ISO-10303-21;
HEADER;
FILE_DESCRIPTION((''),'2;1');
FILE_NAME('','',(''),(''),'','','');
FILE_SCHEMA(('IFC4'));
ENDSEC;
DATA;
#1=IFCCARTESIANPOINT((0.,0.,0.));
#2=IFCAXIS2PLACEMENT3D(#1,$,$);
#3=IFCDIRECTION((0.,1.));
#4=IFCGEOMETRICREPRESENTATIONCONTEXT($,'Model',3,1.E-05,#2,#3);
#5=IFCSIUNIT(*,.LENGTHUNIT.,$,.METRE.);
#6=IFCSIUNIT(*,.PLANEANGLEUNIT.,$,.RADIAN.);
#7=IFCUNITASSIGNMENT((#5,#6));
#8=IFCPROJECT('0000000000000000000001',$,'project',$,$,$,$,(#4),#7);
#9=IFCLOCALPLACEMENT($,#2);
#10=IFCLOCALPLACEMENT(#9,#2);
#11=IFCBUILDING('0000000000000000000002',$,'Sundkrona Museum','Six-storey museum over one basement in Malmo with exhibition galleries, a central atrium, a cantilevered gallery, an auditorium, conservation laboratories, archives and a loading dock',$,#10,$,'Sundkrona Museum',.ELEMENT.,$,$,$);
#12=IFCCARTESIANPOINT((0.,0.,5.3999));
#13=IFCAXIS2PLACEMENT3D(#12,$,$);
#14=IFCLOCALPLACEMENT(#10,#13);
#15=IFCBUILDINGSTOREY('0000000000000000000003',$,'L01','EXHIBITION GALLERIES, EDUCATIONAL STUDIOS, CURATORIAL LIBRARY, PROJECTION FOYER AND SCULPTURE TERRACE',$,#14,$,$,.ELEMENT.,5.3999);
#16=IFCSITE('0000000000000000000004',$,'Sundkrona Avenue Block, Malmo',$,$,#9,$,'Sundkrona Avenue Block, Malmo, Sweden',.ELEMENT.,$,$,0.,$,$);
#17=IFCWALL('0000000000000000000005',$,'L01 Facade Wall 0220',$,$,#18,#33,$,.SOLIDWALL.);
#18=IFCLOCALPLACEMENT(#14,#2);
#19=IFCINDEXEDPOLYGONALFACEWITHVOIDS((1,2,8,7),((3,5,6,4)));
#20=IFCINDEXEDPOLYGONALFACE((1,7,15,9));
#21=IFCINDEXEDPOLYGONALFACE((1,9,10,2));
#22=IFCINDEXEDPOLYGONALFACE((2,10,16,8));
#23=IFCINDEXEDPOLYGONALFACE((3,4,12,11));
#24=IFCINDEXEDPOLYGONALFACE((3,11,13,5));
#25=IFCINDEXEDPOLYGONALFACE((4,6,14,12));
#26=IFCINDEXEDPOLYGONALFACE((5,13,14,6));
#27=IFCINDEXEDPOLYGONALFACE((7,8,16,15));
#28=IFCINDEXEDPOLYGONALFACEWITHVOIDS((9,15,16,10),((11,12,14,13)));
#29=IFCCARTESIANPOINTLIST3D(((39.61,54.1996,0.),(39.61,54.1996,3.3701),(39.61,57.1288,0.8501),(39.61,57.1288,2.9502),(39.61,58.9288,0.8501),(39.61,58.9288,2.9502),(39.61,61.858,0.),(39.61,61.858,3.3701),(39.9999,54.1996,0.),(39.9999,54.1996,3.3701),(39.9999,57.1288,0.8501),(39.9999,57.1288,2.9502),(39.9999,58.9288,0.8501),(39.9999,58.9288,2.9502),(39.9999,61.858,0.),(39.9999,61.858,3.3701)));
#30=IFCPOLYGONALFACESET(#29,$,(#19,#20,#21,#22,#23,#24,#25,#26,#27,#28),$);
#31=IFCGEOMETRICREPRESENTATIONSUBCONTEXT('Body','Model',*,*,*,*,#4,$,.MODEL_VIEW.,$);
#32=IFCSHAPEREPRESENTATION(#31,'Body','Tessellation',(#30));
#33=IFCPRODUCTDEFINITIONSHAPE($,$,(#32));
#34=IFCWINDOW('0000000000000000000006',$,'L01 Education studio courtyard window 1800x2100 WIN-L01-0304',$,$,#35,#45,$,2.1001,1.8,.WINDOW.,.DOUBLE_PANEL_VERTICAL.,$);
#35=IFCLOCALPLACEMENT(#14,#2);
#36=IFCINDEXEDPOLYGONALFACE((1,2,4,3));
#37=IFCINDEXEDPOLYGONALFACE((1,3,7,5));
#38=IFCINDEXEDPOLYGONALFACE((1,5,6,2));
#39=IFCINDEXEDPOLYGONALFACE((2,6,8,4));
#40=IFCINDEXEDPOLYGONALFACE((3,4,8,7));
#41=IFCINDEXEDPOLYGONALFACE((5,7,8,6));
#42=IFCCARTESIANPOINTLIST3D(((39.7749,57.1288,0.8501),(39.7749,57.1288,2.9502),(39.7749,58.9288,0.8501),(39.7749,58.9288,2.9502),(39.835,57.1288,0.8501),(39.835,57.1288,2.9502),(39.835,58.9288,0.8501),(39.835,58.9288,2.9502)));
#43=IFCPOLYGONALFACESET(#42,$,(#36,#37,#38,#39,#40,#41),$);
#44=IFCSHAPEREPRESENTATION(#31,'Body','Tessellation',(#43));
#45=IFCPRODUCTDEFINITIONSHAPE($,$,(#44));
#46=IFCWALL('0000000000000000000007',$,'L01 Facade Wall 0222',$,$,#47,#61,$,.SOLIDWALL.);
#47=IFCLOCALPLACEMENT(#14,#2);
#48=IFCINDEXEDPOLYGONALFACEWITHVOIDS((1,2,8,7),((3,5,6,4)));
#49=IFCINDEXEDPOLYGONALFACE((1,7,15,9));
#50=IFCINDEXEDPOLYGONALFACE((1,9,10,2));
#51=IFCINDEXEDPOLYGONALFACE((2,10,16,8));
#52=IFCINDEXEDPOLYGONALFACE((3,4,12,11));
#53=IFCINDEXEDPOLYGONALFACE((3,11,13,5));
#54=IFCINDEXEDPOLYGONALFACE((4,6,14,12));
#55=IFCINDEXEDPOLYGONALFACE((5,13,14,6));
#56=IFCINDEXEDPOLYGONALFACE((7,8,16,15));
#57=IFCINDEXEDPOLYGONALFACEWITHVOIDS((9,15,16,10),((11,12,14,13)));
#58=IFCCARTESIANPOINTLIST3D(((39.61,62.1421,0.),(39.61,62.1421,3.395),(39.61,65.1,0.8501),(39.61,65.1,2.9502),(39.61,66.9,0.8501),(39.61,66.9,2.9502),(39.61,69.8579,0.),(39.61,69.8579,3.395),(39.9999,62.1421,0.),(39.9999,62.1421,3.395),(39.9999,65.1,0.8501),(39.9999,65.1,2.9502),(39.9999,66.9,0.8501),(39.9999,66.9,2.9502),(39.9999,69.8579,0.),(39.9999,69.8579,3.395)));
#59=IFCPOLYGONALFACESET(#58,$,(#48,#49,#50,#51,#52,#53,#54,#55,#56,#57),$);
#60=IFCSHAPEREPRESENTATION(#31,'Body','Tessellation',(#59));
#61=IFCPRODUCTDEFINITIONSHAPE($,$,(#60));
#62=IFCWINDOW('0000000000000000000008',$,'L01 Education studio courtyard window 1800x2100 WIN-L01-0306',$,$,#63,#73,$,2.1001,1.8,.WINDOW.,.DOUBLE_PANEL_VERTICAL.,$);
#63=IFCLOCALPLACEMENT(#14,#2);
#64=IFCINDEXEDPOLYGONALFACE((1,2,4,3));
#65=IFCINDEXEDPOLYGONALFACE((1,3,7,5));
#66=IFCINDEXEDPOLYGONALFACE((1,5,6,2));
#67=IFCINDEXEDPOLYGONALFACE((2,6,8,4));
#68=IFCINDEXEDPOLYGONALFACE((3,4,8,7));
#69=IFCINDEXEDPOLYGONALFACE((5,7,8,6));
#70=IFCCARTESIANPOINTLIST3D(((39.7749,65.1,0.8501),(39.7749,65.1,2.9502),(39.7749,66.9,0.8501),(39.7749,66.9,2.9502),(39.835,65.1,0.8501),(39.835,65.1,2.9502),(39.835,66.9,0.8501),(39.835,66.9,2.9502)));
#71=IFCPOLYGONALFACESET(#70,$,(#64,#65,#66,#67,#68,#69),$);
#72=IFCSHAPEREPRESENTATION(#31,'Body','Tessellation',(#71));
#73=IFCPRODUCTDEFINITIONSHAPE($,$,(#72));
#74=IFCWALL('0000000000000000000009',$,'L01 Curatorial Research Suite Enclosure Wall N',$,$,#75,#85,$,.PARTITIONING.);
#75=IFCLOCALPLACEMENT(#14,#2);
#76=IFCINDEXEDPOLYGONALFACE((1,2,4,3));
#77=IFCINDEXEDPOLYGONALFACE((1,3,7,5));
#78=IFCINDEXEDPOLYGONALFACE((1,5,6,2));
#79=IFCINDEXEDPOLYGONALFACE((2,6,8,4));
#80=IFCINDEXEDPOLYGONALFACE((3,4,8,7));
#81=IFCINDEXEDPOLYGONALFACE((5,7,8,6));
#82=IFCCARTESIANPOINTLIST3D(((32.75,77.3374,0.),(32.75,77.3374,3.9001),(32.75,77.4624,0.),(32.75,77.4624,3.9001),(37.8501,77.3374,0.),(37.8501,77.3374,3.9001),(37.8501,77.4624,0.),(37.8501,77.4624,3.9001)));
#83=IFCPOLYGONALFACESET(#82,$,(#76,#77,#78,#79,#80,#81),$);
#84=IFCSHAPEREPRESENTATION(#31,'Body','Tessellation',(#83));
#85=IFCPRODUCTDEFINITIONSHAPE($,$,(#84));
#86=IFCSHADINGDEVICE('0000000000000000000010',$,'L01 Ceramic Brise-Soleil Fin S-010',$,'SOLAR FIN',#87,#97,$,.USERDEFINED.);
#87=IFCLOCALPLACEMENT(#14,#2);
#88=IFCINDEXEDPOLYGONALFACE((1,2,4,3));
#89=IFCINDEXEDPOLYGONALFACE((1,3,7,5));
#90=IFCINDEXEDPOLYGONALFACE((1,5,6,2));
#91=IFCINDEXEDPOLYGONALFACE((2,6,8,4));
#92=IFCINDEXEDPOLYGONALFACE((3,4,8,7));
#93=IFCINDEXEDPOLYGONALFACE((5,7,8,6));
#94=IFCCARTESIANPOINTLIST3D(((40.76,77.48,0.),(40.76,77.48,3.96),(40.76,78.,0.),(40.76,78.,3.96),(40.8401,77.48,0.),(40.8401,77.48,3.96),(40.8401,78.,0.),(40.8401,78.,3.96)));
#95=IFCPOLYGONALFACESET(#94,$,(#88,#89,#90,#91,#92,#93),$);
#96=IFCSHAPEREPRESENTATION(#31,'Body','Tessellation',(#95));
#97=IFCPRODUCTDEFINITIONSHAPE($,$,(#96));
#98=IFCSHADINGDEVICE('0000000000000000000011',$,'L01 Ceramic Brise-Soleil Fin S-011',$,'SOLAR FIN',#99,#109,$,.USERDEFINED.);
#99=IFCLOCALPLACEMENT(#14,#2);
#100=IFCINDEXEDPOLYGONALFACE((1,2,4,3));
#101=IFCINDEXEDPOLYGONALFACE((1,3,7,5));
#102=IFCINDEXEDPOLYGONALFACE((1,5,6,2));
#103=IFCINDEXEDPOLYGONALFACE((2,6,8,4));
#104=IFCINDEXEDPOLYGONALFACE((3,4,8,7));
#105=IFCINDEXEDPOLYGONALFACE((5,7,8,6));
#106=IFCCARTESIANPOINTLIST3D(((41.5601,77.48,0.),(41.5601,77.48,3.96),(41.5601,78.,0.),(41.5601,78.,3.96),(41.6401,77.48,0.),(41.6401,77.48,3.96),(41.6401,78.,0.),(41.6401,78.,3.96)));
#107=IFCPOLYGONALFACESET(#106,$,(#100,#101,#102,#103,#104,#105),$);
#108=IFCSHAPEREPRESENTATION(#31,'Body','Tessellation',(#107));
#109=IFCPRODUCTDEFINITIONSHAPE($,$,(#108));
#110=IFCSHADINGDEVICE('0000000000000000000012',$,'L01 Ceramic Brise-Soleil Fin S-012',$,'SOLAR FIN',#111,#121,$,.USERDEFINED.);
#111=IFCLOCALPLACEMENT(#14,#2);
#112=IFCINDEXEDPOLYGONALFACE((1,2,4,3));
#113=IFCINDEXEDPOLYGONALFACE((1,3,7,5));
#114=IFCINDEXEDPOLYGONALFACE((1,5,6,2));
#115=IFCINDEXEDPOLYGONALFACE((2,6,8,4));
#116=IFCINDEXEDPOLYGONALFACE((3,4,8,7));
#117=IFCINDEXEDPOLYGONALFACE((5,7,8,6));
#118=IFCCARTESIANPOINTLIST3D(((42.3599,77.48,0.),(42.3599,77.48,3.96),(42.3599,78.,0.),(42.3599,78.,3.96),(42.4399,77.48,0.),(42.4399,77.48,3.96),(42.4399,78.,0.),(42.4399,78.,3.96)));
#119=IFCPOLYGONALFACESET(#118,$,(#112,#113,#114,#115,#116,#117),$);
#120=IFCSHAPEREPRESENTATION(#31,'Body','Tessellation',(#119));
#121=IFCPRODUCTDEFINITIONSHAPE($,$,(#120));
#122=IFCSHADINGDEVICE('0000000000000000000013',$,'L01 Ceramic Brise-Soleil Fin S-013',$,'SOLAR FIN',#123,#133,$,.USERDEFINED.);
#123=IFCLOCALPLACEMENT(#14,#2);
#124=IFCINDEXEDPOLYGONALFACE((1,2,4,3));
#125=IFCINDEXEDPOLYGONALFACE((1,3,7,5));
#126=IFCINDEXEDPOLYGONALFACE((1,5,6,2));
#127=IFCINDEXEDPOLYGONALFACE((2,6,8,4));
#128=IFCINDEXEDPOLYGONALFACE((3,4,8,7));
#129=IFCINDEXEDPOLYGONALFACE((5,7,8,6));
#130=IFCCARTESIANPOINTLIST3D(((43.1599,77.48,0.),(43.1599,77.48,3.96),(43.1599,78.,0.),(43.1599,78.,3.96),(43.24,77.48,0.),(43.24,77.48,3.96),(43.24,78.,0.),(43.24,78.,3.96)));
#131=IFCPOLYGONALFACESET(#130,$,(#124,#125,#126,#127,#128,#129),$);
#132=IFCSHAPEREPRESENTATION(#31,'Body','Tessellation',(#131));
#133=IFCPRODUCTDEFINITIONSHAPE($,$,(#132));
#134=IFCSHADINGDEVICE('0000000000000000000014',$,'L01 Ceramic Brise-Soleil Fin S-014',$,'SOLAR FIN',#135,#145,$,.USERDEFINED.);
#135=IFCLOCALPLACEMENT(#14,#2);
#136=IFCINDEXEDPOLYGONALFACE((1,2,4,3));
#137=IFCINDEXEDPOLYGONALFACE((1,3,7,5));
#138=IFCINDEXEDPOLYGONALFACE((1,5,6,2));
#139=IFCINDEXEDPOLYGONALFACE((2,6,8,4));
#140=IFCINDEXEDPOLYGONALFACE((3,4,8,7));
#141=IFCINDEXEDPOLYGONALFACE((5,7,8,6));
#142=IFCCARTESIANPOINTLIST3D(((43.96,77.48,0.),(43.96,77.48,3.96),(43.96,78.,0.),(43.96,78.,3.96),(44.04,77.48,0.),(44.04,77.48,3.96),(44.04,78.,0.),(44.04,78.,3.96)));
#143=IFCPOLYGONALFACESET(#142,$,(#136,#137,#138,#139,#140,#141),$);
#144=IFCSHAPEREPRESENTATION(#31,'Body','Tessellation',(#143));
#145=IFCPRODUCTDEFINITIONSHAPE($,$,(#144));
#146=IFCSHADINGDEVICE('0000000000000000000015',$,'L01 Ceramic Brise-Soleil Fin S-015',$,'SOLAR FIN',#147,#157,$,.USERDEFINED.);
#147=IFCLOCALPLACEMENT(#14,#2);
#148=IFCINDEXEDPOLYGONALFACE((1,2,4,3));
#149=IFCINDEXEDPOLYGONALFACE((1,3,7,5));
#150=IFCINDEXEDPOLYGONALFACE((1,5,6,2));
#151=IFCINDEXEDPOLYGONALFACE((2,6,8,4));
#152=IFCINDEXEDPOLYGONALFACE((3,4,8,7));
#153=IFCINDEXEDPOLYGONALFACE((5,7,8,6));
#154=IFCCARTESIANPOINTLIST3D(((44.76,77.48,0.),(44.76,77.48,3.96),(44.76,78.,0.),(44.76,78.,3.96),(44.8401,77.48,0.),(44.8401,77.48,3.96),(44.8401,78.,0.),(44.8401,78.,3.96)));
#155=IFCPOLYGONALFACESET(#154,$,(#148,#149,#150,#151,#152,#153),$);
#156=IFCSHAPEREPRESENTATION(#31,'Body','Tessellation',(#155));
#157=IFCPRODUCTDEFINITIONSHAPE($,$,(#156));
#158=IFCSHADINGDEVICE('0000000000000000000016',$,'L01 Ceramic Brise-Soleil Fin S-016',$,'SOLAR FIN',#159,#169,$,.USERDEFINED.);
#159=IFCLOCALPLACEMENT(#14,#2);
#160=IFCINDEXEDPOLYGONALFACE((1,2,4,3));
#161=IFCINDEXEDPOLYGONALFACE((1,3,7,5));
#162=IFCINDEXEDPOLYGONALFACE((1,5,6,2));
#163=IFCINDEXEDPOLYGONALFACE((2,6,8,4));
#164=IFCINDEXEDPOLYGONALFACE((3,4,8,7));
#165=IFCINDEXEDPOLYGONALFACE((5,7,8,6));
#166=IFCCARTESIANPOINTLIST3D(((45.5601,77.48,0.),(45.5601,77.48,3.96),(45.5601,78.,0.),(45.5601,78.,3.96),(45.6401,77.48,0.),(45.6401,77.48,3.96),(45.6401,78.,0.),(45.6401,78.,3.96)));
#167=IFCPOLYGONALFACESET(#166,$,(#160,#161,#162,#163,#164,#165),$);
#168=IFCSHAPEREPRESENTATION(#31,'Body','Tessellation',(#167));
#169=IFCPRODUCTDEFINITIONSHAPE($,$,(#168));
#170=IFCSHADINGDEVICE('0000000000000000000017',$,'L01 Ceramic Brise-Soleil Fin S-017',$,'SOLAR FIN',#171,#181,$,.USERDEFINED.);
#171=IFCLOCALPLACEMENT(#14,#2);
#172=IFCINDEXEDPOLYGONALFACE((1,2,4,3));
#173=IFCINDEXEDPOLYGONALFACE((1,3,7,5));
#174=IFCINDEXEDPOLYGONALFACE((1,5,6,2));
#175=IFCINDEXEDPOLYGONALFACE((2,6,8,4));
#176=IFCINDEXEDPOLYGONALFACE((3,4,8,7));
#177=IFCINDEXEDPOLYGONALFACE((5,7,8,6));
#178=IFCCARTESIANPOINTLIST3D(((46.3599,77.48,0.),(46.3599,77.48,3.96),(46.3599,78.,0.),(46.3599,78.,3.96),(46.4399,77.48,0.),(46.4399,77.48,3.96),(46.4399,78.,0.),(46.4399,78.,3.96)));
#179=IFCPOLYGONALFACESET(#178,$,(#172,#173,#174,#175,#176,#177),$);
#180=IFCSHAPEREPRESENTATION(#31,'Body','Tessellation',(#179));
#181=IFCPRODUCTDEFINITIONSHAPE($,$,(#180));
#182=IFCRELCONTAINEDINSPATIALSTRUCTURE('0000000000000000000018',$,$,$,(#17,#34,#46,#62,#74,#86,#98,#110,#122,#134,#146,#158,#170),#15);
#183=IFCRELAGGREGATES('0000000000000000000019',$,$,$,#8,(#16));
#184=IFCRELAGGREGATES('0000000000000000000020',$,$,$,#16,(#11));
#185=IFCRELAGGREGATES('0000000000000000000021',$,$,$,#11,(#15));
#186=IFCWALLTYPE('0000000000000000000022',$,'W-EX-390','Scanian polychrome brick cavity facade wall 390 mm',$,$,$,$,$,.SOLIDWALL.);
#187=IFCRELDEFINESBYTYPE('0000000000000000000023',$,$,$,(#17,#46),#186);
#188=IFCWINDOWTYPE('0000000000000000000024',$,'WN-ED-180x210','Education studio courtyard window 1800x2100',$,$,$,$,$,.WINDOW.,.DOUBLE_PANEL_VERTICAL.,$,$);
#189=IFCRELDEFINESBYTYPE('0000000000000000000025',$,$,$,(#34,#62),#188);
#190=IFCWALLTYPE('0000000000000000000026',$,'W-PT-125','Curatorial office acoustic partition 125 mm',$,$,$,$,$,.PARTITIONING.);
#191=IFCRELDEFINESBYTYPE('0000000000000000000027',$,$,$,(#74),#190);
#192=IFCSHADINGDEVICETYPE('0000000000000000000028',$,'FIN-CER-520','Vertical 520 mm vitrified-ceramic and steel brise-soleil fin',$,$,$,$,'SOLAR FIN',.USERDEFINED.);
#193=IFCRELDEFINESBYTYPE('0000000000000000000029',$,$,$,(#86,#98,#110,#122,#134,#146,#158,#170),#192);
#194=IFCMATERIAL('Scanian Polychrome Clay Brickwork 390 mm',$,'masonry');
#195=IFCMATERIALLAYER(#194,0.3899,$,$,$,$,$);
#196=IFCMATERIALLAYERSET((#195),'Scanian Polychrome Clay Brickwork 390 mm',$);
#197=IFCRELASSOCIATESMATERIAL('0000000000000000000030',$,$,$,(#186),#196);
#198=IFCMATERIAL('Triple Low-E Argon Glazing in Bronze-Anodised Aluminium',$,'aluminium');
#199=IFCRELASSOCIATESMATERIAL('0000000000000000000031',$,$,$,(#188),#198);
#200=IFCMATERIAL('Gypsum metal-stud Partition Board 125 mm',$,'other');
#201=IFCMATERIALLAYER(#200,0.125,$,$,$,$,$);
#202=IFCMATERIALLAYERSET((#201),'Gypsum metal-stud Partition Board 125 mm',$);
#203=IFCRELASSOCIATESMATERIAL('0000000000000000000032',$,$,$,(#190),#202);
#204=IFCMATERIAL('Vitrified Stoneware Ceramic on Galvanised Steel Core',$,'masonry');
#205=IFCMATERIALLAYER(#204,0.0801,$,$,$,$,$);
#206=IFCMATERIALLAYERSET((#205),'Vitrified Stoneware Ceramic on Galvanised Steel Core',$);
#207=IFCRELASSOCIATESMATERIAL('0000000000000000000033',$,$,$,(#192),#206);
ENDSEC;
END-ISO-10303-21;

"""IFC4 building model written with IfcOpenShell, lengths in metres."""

from ifc_helpers import new_model, si_unit, direction, frame, frame_2d, origin, origin_2d, place, context, subcontext, project, spatial, rectangle, extrude, material, layer, layer_set, type_object, element, fill, save


model = new_model("IFC4")

# Units and contexts
model_context = context("Model", 3, precision=1e-05, world=origin(), true_north=direction((0.0, 1.0)))
body_context = subcontext(model_context, "Body", "Model", "MODEL_VIEW")
ifc_project = project(units=[si_unit("LENGTHUNIT", "METRE"), si_unit("PLANEANGLEUNIT", "RADIAN")], contexts=[model_context])

# Site, building, storey
site_placement = place(None, origin())
site = spatial("IfcSite", under=ifc_project, at=site_placement, Name="Sundkrona Avenue Block, Malmo", LongName="Sundkrona Avenue Block, Malmo, Sweden", CompositionType="ELEMENT", RefElevation=0.0)
building_placement = place(site_placement, origin())
building = spatial("IfcBuilding", under=site, at=building_placement, Name="Sundkrona Museum", Description="Six-storey museum over one basement in Malmo with exhibition galleries, a central atrium, a cantilevered gallery, an auditorium, conservation laboratories, archives and a loading dock", LongName="Sundkrona Museum", CompositionType="ELEMENT")
storey_placement = place(building_placement, frame((0.0, 0.0, 5.3999)))
storey = spatial("IfcBuildingStorey", under=building, at=storey_placement, Name="L01", Description="EXHIBITION GALLERIES, EDUCATIONAL STUDIOS, CURATORIAL LIBRARY, PROJECTION FOYER AND SCULPTURE TERRACE", CompositionType="ELEMENT", Elevation=5.3999)

# Walls, openings, windows
ifc_material_1 = material(Name="Scanian Polychrome Clay Brickwork 390 mm", Category="masonry")
ifc_layer_1 = layer(ifc_material_1, 0.3899)
ifc_layer_set_1 = layer_set([ifc_layer_1], Name="Scanian Polychrome Clay Brickwork 390 mm")
wall_type_1 = type_object("IfcWallType", Name="W-EX-390", Description="Scanian polychrome brick cavity facade wall 390 mm", PredefinedType="SOLIDWALL", material=ifc_layer_set_1)
wall_1_placement = place(storey_placement, frame((39.8049, 61.8579, 0.0), z_axis=(0.0, 0.0, 1.0), x_axis=(0.0, -1.0, 0.0)))
wall_1 = element("IfcWall", 1, at=wall_1_placement, inside=storey, type_object=wall_type_1, Name="L01 Facade Wall 0220", PredefinedType="SOLIDWALL", context=body_context, shape_type="SweptSolid", body=[
    extrude(rectangle(XDim=7.6584, YDim=0.3899, at=frame_2d((3.8291, 0.0))), origin(), (0.0, 0.0, 1.0), 3.3701),
])
opening_1_placement = place(wall_1_placement, frame((2.9292, 0.0, 0.8501)))
opening_1 = element("IfcOpeningElement", 2, at=opening_1_placement, cuts=wall_1, PredefinedType="OPENING", context=body_context, shape_type="SweptSolid", body=[
    extrude(rectangle(XDim=1.8, YDim=2.1001, at=frame_2d((0.8999, 1.05))), frame((0.0, 0.2048, 0.0), z_axis=(0.0, -1.0, 0.0), x_axis=(1.0, 0.0, 0.0)), (0.0, 0.0, 1.0), 0.4099),
])
ifc_material_2 = material(Name="Triple Low-E Argon Glazing in Bronze-Anodised Aluminium", Category="aluminium")
window_type = type_object("IfcWindowType", Name="WN-ED-180x210", Description="Education studio courtyard window 1800x2100", PartitioningType="DOUBLE_PANEL_VERTICAL", PredefinedType="WINDOW", material=ifc_material_2)
window_1_placement = place(opening_1_placement, origin())
window_1 = element("IfcWindow", 3, at=window_1_placement, inside=storey, type_object=window_type, Name="L01 Education studio courtyard window 1800x2100 WIN-L01-0304", OverallHeight=2.1001, OverallWidth=1.8, PartitioningType="DOUBLE_PANEL_VERTICAL", PredefinedType="WINDOW", context=body_context, shape_type="SweptSolid", body=[
    extrude(rectangle(XDim=1.8, YDim=2.1001, at=frame_2d((0.8999, 1.05))), frame((0.0, 0.03, 0.0), z_axis=(0.0, -1.0, 0.0), x_axis=(1.0, 0.0, 0.0)), (0.0, 0.0, 1.0), 0.0601),
])
fill(opening_1, window_1)
wall_2_placement = place(storey_placement, frame((39.8049, 69.8579, 0.0), z_axis=(0.0, 0.0, 1.0), x_axis=(0.0, -1.0, 0.0)))
wall_2 = element("IfcWall", 4, at=wall_2_placement, inside=storey, type_object=wall_type_1, Name="L01 Facade Wall 0222", PredefinedType="SOLIDWALL", context=body_context, shape_type="SweptSolid", body=[
    extrude(rectangle(XDim=7.7158, YDim=0.3899, at=frame_2d((3.8579, 0.0))), origin(), (0.0, 0.0, 1.0), 3.395),
])
opening_2_placement = place(wall_2_placement, frame((2.958, 0.0, 0.8501)))
opening_2 = element("IfcOpeningElement", 5, at=opening_2_placement, cuts=wall_2, PredefinedType="OPENING", context=body_context, shape_type="SweptSolid", body=[
    extrude(rectangle(XDim=1.8, YDim=2.1001, at=frame_2d((0.8999, 1.05))), frame((0.0, 0.2048, 0.0), z_axis=(0.0, -1.0, 0.0), x_axis=(1.0, 0.0, 0.0)), (0.0, 0.0, 1.0), 0.4099),
])
window_2_placement = place(opening_2_placement, origin())
window_2 = element("IfcWindow", 6, at=window_2_placement, inside=storey, type_object=window_type, Name="L01 Education studio courtyard window 1800x2100 WIN-L01-0306", OverallHeight=2.1001, OverallWidth=1.8, PartitioningType="DOUBLE_PANEL_VERTICAL", PredefinedType="WINDOW", context=body_context, shape_type="SweptSolid", body=[
    extrude(rectangle(XDim=1.8, YDim=2.1001, at=frame_2d((0.8999, 1.05))), frame((0.0, 0.03, 0.0), z_axis=(0.0, -1.0, 0.0), x_axis=(1.0, 0.0, 0.0)), (0.0, 0.0, 1.0), 0.0601),
])
fill(opening_2, window_2)

# Wall
ifc_material_3 = material(Name="Gypsum metal-stud Partition Board 125 mm", Category="other")
ifc_layer_2 = layer(ifc_material_3, 0.125)
ifc_layer_set_2 = layer_set([ifc_layer_2], Name="Gypsum metal-stud Partition Board 125 mm")
wall_type_2 = type_object("IfcWallType", Name="W-PT-125", Description="Curatorial office acoustic partition 125 mm", PredefinedType="PARTITIONING", material=ifc_layer_set_2)
wall_3_placement = place(storey_placement, frame((32.75, 77.3999, 0.0), z_axis=(0.0, 0.0, 1.0), x_axis=(1.0, 0.0, 0.0)))
element("IfcWall", 7, at=wall_3_placement, inside=storey, type_object=wall_type_2, Name="L01 Curatorial Research Suite Enclosure Wall N", PredefinedType="PARTITIONING", context=body_context, shape_type="SweptSolid", body=[
    extrude(rectangle(XDim=5.1001, YDim=0.125, at=frame_2d((2.55, 0.0))), origin(), (0.0, 0.0, 1.0), 3.9001),
])

# Shading devices
ifc_material_4 = material(Name="Vitrified Stoneware Ceramic on Galvanised Steel Core", Category="masonry")
ifc_layer_3 = layer(ifc_material_4, 0.0801)
ifc_layer_set_3 = layer_set([ifc_layer_3], Name="Vitrified Stoneware Ceramic on Galvanised Steel Core")
shading_device_type = type_object("IfcShadingDeviceType", Name="FIN-CER-520", Description="Vertical 520 mm vitrified-ceramic and steel brise-soleil fin", ElementType="SOLAR FIN", PredefinedType="USERDEFINED", material=ifc_layer_set_3)
for number, where, z_axis, x_axis, name in (
    (8, (40.8, 77.74, 0.0), (0.0, 0.0, 1.0), (1.0, 0.0, 0.0), "L01 Ceramic Brise-Soleil Fin S-010"),
    (9, (41.6001, 77.74, 0.0), (0.0, 0.0, 1.0), (1.0, 0.0, 0.0), "L01 Ceramic Brise-Soleil Fin S-011"),
    (10, (42.3999, 77.74, 0.0), (0.0, 0.0, 1.0), (1.0, 0.0, 0.0), "L01 Ceramic Brise-Soleil Fin S-012"),
    (11, (43.2, 77.74, 0.0), (0.0, 0.0, 1.0), (1.0, 0.0, 0.0), "L01 Ceramic Brise-Soleil Fin S-013"),
    (12, (44.0, 77.74, 0.0), (0.0, 0.0, 1.0), (1.0, 0.0, 0.0), "L01 Ceramic Brise-Soleil Fin S-014"),
    (13, (44.8, 77.74, 0.0), (0.0, 0.0, 1.0), (1.0, 0.0, 0.0), "L01 Ceramic Brise-Soleil Fin S-015"),
    (14, (45.6001, 77.74, 0.0), (0.0, 0.0, 1.0), (1.0, 0.0, 0.0), "L01 Ceramic Brise-Soleil Fin S-016"),
    (15, (46.3999, 77.74, 0.0), (0.0, 0.0, 1.0), (1.0, 0.0, 0.0), "L01 Ceramic Brise-Soleil Fin S-017"),
):
    element("IfcShadingDevice", number, at=place(storey_placement, frame(where, z_axis=z_axis, x_axis=x_axis)), inside=storey, type_object=shading_device_type, Name=name, ObjectType="SOLAR FIN", PredefinedType="USERDEFINED", context=body_context, shape_type="SweptSolid", body=[
        extrude(rectangle(XDim=0.0801, YDim=0.52, at=origin_2d()), origin(), (0.0, 0.0, 1.0), 3.96),
    ])

save(model, "model.ifc")
